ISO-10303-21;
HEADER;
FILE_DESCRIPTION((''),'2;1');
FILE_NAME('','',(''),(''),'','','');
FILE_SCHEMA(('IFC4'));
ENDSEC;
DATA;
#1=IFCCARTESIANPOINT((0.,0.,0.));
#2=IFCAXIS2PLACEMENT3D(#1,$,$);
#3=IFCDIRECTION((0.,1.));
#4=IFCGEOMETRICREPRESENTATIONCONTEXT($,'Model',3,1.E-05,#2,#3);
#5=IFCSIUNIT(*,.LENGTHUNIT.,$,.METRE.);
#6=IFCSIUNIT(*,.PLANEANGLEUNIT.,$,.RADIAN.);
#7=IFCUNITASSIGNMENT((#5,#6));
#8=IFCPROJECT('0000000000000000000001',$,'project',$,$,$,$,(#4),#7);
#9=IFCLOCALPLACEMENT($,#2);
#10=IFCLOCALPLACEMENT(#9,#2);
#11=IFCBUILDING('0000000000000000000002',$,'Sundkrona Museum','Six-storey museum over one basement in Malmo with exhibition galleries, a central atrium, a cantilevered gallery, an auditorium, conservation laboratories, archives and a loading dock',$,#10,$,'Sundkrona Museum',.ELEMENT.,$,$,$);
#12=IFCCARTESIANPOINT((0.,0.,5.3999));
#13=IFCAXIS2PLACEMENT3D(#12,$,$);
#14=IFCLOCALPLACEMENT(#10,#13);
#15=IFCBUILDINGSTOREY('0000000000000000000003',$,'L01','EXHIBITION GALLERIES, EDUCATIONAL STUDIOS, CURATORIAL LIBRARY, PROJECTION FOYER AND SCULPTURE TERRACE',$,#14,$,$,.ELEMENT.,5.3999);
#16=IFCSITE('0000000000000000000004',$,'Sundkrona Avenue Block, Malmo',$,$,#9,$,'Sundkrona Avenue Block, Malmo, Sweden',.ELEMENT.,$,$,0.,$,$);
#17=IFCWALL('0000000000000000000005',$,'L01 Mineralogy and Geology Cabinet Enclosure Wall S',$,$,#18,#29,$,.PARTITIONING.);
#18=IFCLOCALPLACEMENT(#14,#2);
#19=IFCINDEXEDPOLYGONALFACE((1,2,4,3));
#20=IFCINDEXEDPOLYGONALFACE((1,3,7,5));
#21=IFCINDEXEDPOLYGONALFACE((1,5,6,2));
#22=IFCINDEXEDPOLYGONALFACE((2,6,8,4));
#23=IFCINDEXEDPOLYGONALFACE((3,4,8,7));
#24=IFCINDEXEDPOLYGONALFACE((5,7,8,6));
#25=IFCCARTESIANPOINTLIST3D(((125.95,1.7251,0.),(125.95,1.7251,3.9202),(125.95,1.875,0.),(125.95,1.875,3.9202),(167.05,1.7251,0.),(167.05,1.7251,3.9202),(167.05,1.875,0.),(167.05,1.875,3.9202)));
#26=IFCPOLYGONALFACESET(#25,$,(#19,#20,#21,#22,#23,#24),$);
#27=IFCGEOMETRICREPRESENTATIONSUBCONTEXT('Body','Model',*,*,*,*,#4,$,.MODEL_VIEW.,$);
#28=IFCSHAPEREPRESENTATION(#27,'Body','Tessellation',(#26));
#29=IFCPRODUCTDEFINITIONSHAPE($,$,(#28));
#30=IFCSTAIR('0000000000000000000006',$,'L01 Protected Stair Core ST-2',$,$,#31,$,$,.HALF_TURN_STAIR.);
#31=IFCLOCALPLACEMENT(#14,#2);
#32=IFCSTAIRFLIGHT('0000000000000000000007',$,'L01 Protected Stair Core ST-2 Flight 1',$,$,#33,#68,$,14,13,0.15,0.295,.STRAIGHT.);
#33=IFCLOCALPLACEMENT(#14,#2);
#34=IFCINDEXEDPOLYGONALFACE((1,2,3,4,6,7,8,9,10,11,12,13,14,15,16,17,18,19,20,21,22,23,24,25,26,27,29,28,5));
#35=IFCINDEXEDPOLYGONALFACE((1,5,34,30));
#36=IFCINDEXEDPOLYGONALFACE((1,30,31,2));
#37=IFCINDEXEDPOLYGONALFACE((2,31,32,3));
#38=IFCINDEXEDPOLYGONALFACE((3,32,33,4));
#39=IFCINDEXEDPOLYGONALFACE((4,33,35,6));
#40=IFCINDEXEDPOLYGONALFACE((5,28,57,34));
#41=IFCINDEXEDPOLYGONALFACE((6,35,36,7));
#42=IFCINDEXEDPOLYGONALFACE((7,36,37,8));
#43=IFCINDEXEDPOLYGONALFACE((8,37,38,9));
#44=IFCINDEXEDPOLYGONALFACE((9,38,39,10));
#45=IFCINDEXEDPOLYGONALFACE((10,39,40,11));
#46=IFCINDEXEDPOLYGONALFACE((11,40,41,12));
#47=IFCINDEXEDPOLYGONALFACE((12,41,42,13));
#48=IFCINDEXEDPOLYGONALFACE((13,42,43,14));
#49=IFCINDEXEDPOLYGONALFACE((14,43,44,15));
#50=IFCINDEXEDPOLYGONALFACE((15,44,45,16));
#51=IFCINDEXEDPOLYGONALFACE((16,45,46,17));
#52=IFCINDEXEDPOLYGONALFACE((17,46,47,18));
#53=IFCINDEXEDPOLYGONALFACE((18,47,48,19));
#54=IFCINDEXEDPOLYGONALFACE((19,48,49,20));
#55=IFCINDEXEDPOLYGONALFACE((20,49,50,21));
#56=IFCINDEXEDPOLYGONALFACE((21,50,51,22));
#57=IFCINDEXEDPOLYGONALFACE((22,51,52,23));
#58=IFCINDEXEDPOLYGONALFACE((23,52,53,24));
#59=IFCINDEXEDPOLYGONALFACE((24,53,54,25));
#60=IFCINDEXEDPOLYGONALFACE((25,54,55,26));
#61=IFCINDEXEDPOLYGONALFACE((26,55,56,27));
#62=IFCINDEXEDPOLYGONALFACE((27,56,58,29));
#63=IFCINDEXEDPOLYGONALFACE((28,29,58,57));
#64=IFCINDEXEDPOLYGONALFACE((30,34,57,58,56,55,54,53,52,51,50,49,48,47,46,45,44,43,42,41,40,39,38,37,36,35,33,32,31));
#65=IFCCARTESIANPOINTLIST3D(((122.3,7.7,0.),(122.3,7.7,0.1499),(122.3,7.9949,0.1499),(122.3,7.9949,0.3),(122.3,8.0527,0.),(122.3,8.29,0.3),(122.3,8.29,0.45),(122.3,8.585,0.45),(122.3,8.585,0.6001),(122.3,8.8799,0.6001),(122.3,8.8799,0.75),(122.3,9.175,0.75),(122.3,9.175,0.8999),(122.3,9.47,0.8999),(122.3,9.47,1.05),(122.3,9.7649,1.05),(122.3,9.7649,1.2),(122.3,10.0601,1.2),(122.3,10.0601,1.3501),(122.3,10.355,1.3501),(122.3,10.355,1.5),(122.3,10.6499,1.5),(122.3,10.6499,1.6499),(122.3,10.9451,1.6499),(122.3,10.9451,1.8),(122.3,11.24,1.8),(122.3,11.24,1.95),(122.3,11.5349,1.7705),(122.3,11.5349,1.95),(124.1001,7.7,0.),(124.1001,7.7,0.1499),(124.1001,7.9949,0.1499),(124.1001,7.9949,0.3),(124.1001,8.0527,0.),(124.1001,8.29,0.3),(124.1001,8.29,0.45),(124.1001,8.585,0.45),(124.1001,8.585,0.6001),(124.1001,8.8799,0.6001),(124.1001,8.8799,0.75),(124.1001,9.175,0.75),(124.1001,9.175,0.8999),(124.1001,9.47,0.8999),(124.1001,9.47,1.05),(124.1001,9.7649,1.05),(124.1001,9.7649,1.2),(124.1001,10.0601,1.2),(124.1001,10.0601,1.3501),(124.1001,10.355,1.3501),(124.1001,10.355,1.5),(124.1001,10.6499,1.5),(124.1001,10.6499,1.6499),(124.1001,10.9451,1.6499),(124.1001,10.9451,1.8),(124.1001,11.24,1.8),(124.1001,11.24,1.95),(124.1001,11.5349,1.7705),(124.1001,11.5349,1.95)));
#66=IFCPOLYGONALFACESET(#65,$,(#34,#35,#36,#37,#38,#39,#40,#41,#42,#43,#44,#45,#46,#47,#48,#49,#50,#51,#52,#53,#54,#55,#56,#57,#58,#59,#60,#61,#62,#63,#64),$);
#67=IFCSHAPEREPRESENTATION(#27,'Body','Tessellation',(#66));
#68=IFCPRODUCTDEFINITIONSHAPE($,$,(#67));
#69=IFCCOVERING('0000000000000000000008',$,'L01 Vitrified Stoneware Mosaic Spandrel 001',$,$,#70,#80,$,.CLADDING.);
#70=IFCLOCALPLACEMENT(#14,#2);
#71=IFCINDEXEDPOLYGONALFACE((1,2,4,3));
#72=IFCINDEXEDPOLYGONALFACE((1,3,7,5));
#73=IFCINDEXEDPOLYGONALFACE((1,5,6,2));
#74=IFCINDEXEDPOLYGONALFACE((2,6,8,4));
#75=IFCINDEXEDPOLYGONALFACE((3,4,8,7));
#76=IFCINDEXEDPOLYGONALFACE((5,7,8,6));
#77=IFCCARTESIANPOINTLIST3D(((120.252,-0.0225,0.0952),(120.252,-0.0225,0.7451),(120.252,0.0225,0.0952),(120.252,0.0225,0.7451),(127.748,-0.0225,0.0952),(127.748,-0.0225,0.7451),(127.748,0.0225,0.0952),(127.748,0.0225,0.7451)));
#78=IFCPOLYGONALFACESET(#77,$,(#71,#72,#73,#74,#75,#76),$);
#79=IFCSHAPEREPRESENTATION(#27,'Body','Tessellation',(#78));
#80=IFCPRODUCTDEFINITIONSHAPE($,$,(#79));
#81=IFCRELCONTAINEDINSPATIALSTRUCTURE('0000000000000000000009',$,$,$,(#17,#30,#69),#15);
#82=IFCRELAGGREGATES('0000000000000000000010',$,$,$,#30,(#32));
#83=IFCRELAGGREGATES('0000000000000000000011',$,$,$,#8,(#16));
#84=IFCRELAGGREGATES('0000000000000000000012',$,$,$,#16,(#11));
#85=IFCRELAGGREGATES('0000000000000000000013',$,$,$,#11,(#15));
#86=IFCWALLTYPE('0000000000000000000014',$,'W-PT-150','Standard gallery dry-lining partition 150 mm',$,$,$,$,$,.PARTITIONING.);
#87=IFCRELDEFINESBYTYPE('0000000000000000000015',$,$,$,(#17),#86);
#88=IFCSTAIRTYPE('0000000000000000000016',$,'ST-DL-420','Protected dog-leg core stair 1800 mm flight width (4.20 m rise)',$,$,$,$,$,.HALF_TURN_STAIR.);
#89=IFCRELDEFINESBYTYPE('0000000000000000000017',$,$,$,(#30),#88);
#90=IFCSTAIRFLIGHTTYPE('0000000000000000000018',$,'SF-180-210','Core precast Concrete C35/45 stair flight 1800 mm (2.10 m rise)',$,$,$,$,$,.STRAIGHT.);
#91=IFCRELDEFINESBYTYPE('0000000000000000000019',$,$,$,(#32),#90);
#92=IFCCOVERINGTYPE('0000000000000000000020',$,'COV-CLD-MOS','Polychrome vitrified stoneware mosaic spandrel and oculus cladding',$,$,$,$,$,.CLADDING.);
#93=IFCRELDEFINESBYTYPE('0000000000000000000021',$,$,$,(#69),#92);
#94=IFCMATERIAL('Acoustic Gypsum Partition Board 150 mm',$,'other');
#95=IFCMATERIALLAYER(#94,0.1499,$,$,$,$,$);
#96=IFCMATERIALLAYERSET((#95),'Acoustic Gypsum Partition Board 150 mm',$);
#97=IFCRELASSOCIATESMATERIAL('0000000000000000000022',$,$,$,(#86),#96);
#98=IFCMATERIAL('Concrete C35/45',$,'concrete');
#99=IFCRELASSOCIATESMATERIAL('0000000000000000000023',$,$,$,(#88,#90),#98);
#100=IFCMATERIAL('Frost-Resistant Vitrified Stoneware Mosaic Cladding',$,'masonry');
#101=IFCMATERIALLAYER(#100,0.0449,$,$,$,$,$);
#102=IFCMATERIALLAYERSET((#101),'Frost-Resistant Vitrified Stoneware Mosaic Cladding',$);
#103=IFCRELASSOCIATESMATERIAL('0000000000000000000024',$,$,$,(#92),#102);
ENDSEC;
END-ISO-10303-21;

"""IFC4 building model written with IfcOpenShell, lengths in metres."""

from ifc_helpers import new_model, si_unit, direction, frame, frame_2d, origin, origin_2d, place, context, subcontext, project, spatial, polyline, rectangle, outline, extrude, material, layer, layer_set, type_object, element, aggregate, save


model = new_model("IFC4")

# Units and contexts
model_context = context("Model", 3, precision=1e-05, world=origin(), true_north=direction((0.0, 1.0)))
body_context = subcontext(model_context, "Body", "Model", "MODEL_VIEW")
ifc_project = project(units=[si_unit("LENGTHUNIT", "METRE"), si_unit("PLANEANGLEUNIT", "RADIAN")], contexts=[model_context])

# Site, building, storey
site_placement = place(None, origin())
site = spatial("IfcSite", under=ifc_project, at=site_placement, Name="Sundkrona Avenue Block, Malmo", LongName="Sundkrona Avenue Block, Malmo, Sweden", CompositionType="ELEMENT", RefElevation=0.0)
building_placement = place(site_placement, origin())
building = spatial("IfcBuilding", under=site, at=building_placement, Name="Sundkrona Museum", Description="Six-storey museum over one basement in Malmo with exhibition galleries, a central atrium, a cantilevered gallery, an auditorium, conservation laboratories, archives and a loading dock", LongName="Sundkrona Museum", CompositionType="ELEMENT")
storey_placement = place(building_placement, frame((0.0, 0.0, 5.3999)))
storey = spatial("IfcBuildingStorey", under=building, at=storey_placement, Name="L01", Description="EXHIBITION GALLERIES, EDUCATIONAL STUDIOS, CURATORIAL LIBRARY, PROJECTION FOYER AND SCULPTURE TERRACE", CompositionType="ELEMENT", Elevation=5.3999)

# Wall
ifc_material_1 = material(Name="Acoustic Gypsum Partition Board 150 mm", Category="other")
ifc_layer_1 = layer(ifc_material_1, 0.1499)
ifc_layer_set_1 = layer_set([ifc_layer_1], Name="Acoustic Gypsum Partition Board 150 mm")
wall_type_1 = type_object("IfcWallType", Name="W-PT-150", Description="Standard gallery dry-lining partition 150 mm", PredefinedType="PARTITIONING", material=ifc_layer_set_1)
wall_1_placement = place(storey_placement, frame((125.95, 1.8, 0.0), z_axis=(0.0, 0.0, 1.0), x_axis=(1.0, 0.0, 0.0)))
element("IfcWall", 1, at=wall_1_placement, inside=storey, type_object=wall_type_1, Name="L01 Mineralogy and Geology Cabinet Enclosure Wall S", PredefinedType="PARTITIONING", context=body_context, shape_type="SweptSolid", body=[
    extrude(rectangle(XDim=41.1001, YDim=0.1499, at=frame_2d((20.55, 0.0))), origin(), (0.0, 0.0, 1.0), 3.9202),
])

# Stair, stair flight
ifc_material_2 = material(Name="Concrete C35/45", Category="concrete")
stair_type = type_object("IfcStairType", Name="ST-DL-420", Description="Protected dog-leg core stair 1800 mm flight width (4.20 m rise)", PredefinedType="HALF_TURN_STAIR", material=ifc_material_2)
stair_placement = place(storey_placement, origin())
stair = element("IfcStair", 2, at=stair_placement, inside=storey, type_object=stair_type, Name="L01 Protected Stair Core ST-2", PredefinedType="HALF_TURN_STAIR")
stair_flight_type = type_object("IfcStairFlightType", Name="SF-180-210", Description="Core precast Concrete C35/45 stair flight 1800 mm (2.10 m rise)", PredefinedType="STRAIGHT", material=ifc_material_2)
stair_flight_placement = place(storey_placement, frame((123.2, 7.7, 0.0), z_axis=(0.0, 0.0, 1.0), x_axis=(0.0, 1.0, 0.0)))
stair_flight = element("IfcStairFlight", 3, at=stair_flight_placement, type_object=stair_flight_type, Name="L01 Protected Stair Core ST-2 Flight 1", NumberOfRisers=14, NumberOfTreads=13, PredefinedType="STRAIGHT", RiserHeight=0.15, TreadLength=0.295, context=body_context, shape_type="SweptSolid", body=[
    extrude(outline(polyline([(0.0, 0.0), (0.0, 0.1499), (0.2949, 0.1499), (0.2949, 0.3), (0.5901, 0.3), (0.5901, 0.45), (0.885, 0.45), (0.885, 0.6001), (1.1799, 0.6001), (1.1799, 0.75), (1.4751, 0.75), (1.4751, 0.8999), (1.77, 0.8999), (1.77, 1.05), (2.0649, 1.05), (2.0649, 1.2), (2.3601, 1.2), (2.3601, 1.3501), (2.655, 1.3501), (2.655, 1.5), (2.95, 1.5), (2.95, 1.6499), (3.2451, 1.6499), (3.2451, 1.8), (3.54, 1.8), (3.54, 1.95), (3.835, 1.95), (3.835, 2.1001), (3.835, 1.7705), (0.3528, 0.0), (0.0, 0.0)])), frame((0.0, 0.8999, 0.0), z_axis=(0.0, -1.0, 0.0), x_axis=(1.0, 0.0, 0.0)), (0.0, 0.0, 1.0), 1.8),
])
aggregate(stair, [stair_flight])

# Covering
ifc_material_3 = material(Name="Frost-Resistant Vitrified Stoneware Mosaic Cladding", Category="masonry")
ifc_layer_2 = layer(ifc_material_3, 0.0449)
ifc_layer_set_2 = layer_set([ifc_layer_2], Name="Frost-Resistant Vitrified Stoneware Mosaic Cladding")
covering_type = type_object("IfcCoveringType", Name="COV-CLD-MOS", Description="Polychrome vitrified stoneware mosaic spandrel and oculus cladding", PredefinedType="CLADDING", material=ifc_layer_set_2)
covering_placement = place(storey_placement, frame((124.0, 0.0, 0.0952), z_axis=(0.0, 0.0, 1.0), x_axis=(1.0, 0.0, 0.0)))
element("IfcCovering", 4, at=covering_placement, inside=storey, type_object=covering_type, Name="L01 Vitrified Stoneware Mosaic Spandrel 001", PredefinedType="CLADDING", context=body_context, shape_type="SweptSolid", body=[
    extrude(rectangle(XDim=7.4961, YDim=0.0449, at=origin_2d()), origin(), (0.0, 0.0, 1.0), 0.6499),
])

save(model, "model.ifc")
